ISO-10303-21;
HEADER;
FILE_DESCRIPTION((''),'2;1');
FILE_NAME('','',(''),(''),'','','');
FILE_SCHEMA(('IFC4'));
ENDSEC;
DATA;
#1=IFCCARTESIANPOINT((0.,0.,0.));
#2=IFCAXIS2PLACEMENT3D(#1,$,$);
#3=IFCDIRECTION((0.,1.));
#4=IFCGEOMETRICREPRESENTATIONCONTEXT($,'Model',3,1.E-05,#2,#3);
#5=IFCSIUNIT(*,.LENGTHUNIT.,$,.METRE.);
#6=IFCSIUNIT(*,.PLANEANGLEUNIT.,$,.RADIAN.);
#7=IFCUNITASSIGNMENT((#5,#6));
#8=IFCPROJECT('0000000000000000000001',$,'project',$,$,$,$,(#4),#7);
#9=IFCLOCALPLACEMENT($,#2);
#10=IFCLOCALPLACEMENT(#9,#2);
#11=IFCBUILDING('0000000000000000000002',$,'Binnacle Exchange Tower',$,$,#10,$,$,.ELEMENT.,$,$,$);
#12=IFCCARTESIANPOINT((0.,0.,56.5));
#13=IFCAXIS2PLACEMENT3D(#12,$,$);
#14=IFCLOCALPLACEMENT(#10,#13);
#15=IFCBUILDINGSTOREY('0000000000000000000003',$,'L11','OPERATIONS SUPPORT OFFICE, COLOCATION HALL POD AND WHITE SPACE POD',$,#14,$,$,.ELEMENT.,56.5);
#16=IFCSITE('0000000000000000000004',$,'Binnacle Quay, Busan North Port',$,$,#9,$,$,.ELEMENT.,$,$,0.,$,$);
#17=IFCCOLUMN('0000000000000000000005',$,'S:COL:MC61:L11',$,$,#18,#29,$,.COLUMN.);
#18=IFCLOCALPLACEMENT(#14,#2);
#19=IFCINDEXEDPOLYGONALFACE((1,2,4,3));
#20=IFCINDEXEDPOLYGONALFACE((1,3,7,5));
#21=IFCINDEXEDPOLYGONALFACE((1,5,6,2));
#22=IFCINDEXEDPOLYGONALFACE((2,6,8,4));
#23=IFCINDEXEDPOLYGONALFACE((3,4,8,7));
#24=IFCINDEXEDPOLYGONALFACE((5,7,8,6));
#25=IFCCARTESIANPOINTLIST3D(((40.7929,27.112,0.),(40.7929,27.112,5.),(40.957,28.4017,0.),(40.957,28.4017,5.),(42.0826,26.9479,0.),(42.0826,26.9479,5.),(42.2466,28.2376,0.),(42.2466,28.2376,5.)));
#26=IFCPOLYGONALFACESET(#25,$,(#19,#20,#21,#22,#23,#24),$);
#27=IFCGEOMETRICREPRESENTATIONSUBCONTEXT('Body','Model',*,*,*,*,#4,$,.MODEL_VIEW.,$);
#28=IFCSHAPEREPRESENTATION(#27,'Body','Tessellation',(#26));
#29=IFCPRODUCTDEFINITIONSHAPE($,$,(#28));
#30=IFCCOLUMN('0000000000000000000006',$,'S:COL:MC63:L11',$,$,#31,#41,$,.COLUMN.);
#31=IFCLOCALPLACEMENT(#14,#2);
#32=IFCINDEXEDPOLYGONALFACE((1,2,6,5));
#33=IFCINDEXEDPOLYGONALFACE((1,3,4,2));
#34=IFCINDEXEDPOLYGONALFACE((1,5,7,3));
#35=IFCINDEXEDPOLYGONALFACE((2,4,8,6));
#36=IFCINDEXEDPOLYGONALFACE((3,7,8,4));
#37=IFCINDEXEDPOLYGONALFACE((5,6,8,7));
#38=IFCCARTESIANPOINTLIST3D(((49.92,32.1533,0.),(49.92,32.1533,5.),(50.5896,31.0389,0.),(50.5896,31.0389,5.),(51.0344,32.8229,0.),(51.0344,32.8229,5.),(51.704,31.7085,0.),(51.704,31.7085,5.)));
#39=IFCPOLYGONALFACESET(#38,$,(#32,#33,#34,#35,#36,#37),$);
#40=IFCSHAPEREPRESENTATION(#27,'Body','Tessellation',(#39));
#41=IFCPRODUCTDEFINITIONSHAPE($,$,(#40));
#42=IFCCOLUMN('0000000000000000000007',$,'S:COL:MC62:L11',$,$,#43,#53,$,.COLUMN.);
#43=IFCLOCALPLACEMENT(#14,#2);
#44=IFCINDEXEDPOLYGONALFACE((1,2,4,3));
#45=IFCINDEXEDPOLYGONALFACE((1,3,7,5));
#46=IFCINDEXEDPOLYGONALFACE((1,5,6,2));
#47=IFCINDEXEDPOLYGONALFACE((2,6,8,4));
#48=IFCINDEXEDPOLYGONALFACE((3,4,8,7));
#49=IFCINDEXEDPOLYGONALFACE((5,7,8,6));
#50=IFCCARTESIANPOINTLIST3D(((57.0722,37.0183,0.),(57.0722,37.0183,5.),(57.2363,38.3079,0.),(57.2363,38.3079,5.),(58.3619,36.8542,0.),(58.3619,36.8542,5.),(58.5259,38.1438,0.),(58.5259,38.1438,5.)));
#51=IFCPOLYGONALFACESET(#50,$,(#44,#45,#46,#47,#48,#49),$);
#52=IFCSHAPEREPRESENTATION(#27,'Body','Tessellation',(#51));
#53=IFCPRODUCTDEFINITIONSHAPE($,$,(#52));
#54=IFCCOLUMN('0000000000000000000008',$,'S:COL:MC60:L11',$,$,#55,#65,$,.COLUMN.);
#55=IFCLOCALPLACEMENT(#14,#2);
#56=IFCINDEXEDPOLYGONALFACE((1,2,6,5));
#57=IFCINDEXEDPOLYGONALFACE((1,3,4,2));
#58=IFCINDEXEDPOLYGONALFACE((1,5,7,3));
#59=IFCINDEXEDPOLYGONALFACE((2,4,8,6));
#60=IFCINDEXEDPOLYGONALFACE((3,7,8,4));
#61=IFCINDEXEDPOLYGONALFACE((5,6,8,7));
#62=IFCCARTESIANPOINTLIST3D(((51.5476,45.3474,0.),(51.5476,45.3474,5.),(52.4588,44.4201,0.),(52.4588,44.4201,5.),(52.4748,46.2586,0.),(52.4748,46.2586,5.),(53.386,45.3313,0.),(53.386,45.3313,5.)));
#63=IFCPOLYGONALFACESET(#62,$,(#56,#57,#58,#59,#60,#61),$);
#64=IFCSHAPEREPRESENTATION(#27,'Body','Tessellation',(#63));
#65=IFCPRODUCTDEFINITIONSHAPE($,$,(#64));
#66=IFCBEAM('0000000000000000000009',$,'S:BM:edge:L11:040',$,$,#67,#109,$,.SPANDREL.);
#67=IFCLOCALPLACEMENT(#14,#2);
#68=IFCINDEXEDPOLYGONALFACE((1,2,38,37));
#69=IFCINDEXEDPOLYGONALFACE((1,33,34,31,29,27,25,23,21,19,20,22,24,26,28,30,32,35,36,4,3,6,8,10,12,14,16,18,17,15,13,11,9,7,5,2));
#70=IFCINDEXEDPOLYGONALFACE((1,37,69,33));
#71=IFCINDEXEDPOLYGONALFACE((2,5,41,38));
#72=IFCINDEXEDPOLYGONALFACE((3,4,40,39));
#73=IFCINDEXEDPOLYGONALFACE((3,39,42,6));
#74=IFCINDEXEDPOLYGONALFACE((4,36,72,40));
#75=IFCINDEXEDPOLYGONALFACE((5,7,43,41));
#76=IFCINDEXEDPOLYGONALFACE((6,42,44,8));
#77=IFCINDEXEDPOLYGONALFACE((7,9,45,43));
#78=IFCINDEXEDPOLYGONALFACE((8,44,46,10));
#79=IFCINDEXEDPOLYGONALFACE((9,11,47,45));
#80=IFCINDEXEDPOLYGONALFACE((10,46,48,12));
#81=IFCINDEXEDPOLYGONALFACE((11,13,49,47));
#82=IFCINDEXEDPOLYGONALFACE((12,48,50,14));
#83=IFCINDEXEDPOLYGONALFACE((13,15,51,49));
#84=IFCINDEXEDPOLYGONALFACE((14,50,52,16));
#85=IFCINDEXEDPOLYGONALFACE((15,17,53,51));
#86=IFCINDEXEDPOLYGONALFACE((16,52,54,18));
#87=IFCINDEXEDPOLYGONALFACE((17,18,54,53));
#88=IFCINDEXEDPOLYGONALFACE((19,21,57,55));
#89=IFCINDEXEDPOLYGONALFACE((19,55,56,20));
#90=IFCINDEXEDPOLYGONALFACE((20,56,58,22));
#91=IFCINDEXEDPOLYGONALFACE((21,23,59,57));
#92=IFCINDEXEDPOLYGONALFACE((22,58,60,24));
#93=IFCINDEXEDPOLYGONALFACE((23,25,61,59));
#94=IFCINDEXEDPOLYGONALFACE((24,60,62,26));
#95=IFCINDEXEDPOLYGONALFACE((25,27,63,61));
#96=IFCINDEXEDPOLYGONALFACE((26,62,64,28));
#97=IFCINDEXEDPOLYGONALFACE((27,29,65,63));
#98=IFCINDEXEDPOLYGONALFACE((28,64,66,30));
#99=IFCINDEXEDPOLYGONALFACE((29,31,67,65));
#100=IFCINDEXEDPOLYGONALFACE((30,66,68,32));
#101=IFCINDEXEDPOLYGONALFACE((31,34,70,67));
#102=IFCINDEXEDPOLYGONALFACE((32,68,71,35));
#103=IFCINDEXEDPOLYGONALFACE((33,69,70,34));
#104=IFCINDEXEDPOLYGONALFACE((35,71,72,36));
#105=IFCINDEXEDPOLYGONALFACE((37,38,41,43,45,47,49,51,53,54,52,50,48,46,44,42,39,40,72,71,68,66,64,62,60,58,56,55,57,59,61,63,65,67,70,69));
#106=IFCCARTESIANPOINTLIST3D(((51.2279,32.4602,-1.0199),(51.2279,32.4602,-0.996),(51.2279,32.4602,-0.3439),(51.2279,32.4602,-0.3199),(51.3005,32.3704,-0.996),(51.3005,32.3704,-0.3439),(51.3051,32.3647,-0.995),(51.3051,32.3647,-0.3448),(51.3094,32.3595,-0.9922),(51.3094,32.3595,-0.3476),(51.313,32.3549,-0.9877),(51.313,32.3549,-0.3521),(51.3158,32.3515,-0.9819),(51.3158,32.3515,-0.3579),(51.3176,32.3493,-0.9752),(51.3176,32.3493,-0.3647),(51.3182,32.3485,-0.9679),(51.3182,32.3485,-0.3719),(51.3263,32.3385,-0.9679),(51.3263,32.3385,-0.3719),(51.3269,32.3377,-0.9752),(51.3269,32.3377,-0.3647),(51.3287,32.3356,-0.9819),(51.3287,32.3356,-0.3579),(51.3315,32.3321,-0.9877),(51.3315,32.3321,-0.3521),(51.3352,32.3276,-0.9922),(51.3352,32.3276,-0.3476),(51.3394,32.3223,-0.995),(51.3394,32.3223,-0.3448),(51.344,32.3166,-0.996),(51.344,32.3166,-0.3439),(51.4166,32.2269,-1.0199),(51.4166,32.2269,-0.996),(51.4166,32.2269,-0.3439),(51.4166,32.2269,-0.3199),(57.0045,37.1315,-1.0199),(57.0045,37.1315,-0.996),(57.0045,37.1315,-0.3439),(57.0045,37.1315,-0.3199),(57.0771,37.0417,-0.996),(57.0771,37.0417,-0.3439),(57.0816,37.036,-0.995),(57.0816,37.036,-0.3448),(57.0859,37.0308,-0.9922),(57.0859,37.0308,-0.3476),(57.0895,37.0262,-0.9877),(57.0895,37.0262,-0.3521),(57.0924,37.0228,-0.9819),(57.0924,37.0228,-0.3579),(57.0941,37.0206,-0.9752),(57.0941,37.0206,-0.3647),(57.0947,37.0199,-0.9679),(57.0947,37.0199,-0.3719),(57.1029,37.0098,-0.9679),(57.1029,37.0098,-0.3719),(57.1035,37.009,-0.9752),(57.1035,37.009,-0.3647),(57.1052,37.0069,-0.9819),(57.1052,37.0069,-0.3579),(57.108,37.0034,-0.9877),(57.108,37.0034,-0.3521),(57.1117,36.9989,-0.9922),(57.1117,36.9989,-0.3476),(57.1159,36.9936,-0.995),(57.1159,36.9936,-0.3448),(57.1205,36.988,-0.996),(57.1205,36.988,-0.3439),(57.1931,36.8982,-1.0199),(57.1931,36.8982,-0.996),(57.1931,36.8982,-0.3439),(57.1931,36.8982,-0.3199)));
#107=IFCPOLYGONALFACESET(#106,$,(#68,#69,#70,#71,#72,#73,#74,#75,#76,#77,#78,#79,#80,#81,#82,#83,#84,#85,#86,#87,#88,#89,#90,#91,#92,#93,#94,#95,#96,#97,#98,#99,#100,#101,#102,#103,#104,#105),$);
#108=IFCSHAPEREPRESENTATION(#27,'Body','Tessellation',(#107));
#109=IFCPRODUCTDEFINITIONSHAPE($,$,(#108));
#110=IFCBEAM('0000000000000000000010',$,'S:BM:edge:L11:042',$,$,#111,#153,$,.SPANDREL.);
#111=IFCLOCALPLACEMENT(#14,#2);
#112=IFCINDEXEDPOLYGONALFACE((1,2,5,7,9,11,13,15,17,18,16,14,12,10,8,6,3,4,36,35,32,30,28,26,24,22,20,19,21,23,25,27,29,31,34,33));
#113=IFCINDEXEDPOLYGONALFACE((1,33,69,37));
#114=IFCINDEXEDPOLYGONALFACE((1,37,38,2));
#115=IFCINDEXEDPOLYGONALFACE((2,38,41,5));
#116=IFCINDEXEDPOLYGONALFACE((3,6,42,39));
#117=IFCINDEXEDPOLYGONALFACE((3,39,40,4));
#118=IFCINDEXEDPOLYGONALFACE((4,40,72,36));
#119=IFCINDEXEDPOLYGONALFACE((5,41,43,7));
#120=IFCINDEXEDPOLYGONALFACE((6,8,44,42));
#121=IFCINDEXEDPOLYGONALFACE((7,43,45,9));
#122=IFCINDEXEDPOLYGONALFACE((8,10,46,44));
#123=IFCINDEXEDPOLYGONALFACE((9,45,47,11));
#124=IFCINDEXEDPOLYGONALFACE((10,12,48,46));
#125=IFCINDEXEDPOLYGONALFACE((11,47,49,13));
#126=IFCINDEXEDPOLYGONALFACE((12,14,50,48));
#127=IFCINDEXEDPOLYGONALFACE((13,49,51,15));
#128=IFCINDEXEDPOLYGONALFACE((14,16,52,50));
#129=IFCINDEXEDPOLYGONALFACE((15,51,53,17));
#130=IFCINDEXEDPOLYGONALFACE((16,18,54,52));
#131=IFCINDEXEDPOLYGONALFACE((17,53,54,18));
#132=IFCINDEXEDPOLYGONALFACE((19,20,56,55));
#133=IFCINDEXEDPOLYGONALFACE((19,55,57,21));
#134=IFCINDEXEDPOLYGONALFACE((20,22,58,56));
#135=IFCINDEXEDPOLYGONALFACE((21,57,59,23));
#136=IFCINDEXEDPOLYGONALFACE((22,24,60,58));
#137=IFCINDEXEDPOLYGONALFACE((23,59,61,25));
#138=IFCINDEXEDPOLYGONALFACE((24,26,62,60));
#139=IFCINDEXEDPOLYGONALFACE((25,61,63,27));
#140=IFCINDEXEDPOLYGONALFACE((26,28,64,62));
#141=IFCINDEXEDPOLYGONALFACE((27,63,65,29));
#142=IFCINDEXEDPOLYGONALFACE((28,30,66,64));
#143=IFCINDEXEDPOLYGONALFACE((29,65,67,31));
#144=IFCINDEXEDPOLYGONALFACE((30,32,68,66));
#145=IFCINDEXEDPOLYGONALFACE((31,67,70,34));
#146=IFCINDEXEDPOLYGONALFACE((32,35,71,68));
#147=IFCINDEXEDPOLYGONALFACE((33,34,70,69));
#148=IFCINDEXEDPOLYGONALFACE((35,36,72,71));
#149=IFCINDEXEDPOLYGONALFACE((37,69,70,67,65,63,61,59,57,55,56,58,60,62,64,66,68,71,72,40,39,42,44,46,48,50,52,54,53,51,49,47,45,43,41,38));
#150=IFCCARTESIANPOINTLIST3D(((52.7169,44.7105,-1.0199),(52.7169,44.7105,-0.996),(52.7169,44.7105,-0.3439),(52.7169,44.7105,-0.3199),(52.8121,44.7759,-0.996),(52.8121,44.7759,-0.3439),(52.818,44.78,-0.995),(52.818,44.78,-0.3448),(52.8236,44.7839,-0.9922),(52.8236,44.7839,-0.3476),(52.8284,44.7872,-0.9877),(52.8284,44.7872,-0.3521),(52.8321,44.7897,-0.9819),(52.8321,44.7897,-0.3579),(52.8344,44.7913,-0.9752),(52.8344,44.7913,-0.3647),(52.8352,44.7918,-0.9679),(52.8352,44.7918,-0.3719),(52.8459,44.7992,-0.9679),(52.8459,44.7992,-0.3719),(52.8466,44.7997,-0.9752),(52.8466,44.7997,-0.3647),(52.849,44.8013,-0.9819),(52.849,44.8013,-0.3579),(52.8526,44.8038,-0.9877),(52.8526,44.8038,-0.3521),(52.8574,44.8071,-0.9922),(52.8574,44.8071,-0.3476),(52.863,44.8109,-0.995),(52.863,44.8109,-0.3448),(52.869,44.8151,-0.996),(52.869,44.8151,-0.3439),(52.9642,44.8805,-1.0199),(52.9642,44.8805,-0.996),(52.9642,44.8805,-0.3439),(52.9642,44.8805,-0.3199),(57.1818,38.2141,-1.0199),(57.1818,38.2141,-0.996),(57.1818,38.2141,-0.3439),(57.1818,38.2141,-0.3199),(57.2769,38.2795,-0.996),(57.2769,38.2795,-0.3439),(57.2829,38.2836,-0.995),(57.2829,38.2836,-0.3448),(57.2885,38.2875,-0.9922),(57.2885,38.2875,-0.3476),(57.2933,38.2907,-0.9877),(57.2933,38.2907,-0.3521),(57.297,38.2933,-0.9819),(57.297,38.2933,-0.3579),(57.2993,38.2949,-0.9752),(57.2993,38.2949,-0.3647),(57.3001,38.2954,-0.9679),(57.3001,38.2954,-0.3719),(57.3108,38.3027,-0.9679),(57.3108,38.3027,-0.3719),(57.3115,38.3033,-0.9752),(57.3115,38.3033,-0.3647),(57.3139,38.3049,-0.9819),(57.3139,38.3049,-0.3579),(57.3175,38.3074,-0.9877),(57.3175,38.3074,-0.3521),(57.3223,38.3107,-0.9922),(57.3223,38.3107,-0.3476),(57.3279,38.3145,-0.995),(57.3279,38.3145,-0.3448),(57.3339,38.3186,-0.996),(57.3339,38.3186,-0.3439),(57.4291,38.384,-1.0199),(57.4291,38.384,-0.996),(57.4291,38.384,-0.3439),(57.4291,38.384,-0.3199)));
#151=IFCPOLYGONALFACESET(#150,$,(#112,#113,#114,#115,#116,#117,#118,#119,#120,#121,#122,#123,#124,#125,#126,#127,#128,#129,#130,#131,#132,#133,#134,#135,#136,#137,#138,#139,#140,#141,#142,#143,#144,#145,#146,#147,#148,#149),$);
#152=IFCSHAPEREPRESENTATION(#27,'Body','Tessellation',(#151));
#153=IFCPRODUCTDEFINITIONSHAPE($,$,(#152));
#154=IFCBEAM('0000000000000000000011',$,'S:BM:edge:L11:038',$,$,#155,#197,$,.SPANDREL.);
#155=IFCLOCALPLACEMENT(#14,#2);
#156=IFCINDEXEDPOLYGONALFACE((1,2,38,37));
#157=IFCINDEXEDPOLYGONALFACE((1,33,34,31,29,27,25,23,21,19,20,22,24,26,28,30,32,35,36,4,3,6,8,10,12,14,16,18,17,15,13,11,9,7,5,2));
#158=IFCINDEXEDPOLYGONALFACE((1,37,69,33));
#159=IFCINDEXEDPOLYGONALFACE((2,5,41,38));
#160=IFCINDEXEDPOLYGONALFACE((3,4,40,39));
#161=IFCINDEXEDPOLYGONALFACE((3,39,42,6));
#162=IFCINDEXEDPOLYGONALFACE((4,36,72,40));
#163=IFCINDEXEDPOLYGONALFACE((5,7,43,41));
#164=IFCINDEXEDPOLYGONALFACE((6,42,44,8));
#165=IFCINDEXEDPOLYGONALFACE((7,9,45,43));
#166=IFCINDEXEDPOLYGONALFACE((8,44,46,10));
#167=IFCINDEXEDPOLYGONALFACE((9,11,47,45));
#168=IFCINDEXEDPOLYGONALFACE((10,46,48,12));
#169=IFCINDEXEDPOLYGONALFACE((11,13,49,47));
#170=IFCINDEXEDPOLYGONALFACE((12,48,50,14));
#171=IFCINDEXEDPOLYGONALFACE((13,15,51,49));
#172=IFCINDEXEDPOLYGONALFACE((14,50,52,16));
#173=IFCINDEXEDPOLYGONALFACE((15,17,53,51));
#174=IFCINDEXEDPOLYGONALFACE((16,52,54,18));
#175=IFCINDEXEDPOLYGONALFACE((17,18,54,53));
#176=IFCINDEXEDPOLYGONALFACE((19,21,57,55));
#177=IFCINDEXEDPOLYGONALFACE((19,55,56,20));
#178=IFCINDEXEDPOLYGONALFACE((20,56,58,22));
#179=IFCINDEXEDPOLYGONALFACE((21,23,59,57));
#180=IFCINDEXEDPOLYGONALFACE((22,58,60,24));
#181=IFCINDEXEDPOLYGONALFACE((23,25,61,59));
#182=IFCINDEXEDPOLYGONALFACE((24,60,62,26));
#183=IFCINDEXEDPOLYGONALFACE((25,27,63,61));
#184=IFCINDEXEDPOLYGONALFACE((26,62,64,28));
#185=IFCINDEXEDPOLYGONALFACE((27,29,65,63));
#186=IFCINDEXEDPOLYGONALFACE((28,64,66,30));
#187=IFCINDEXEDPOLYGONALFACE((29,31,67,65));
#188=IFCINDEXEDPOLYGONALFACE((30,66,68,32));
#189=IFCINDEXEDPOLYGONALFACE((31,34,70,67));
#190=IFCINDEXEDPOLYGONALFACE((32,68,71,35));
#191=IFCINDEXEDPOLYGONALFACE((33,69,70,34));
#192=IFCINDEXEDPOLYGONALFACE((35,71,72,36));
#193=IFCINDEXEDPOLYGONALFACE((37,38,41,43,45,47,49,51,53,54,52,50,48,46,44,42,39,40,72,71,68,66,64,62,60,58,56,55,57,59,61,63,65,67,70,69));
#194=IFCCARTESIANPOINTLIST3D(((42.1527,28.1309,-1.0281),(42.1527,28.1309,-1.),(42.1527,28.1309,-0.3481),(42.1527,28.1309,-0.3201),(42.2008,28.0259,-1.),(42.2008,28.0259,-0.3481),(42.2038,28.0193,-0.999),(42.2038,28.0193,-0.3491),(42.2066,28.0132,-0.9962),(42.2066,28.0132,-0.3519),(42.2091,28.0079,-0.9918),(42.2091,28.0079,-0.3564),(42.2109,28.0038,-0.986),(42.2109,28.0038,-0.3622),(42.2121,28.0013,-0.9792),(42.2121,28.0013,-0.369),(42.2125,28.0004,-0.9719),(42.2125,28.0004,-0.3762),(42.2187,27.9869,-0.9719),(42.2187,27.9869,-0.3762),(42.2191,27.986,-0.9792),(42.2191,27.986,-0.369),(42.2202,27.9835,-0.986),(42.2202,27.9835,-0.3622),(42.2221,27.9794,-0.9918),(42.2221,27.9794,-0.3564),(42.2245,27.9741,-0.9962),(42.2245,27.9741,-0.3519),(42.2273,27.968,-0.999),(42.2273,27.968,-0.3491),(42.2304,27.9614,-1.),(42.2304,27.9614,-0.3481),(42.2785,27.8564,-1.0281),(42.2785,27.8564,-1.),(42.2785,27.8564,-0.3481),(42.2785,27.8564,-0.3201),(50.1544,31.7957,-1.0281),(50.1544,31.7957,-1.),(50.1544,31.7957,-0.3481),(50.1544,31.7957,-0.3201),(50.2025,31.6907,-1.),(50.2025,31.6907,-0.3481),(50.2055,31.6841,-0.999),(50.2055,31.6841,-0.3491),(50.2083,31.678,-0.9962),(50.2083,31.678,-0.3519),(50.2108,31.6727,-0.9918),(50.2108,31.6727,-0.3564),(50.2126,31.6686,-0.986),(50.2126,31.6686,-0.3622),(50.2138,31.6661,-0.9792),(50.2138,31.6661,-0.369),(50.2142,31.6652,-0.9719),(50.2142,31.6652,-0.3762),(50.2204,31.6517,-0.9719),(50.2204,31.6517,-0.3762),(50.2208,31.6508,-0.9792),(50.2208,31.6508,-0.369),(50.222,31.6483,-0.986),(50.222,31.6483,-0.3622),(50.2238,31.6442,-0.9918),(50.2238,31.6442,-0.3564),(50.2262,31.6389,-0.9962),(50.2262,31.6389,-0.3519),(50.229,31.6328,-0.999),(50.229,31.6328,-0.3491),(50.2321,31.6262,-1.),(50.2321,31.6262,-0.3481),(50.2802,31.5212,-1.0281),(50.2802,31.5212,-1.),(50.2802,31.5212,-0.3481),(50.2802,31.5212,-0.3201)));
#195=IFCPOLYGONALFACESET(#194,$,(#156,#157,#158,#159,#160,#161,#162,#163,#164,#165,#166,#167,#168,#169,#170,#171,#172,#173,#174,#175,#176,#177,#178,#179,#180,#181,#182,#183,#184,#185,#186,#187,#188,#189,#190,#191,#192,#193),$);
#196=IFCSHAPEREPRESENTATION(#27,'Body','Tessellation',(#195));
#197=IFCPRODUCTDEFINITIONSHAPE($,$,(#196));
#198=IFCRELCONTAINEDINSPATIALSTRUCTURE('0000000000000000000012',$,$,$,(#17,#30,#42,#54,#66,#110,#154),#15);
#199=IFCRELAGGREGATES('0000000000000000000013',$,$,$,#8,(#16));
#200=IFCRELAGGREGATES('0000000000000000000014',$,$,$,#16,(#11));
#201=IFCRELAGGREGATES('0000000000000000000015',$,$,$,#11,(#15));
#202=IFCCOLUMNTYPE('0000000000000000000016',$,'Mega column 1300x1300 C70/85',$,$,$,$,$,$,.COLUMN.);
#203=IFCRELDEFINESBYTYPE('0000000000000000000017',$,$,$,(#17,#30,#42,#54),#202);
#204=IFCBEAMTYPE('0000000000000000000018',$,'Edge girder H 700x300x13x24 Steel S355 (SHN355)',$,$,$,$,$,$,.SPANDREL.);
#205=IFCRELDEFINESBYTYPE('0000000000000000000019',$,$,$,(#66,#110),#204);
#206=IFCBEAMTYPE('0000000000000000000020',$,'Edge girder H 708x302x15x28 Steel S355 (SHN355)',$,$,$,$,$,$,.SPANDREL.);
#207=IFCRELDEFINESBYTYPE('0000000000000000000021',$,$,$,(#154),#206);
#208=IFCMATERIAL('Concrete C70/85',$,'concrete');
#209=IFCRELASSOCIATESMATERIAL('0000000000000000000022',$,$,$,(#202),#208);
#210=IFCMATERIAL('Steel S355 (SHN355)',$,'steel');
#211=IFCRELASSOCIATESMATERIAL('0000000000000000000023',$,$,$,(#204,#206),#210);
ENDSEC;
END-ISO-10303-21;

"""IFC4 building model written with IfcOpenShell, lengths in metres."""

from ifc_helpers import new_model, si_unit, direction, frame, origin, origin_2d, place, context, subcontext, project, spatial, rectangle, i_section, extrude, material, material_profile, profile_set, type_object, element, save


model = new_model("IFC4")

# Units and contexts
model_context = context("Model", 3, precision=1e-05, world=origin(), true_north=direction((0.0, 1.0)))
body_context = subcontext(model_context, "Body", "Model", "MODEL_VIEW")
ifc_project = project(units=[si_unit("LENGTHUNIT", "METRE"), si_unit("PLANEANGLEUNIT", "RADIAN")], contexts=[model_context])

# Site, building, storey
site_placement = place(None, origin())
site = spatial("IfcSite", under=ifc_project, at=site_placement, Name="Binnacle Quay, Busan North Port", CompositionType="ELEMENT", RefElevation=0.0)
building_placement = place(site_placement, origin())
building = spatial("IfcBuilding", under=site, at=building_placement, Name="Binnacle Exchange Tower", CompositionType="ELEMENT")
storey_placement = place(building_placement, frame((0.0, 0.0, 56.5)))
storey = spatial("IfcBuildingStorey", under=building, at=storey_placement, Name="L11", Description="OPERATIONS SUPPORT OFFICE, COLOCATION HALL POD AND WHITE SPACE POD", CompositionType="ELEMENT", Elevation=56.5)

# Columns
ifc_material_1 = material(Name="Concrete C70/85", Category="concrete")
ifc_material_profile_1 = material_profile(ifc_material_1, rectangle(XDim=1.3, YDim=1.3, at=origin_2d()), Name="Mega column 1300x1300 C70/85")
ifc_profile_set_1 = profile_set([ifc_material_profile_1], Name="Concrete C70/85")
column_type = type_object("IfcColumnType", Name="Mega column 1300x1300 C70/85", PredefinedType="COLUMN", material=ifc_profile_set_1)
for number, where, z_axis, x_axis, name in (
    (1, (41.5198, 27.6748, 0.0), (0.0, 0.0, 1.0), (0.992005, -0.126199, 0.0), "S:COL:MC61:L11"),
    (2, (50.812, 31.9309, 0.0), (0.0, 0.0, 1.0), (0.857167, 0.515038, 0.0), "S:COL:MC63:L11"),
    (3, (57.7991, 37.5811, 0.0), (0.0, 0.0, 1.0), (0.126199, 0.992005, 0.0), "S:COL:MC62:L11"),
    (4, (52.4668, 45.3394, 0.0), (0.0, 0.0, 1.0), (-0.700909, 0.71325, 0.0), "S:COL:MC60:L11"),
):
    element("IfcColumn", number, at=place(storey_placement, frame(where, z_axis=z_axis, x_axis=x_axis)), inside=storey, type_object=column_type, Name=name, PredefinedType="COLUMN", context=body_context, shape_type="SweptSolid", body=[
        extrude(rectangle(XDim=1.3, YDim=1.3, at=origin_2d()), origin(), (0.0, 0.0, 1.0), 5.0),
    ])

# Beams
ifc_material_2 = material(Name="Steel S355 (SHN355)", Category="steel")
ifc_material_profile_2 = material_profile(ifc_material_2, i_section(OverallWidth=0.3, OverallDepth=0.7, WebThickness=0.0129, FlangeThickness=0.0239, FilletRadius=0.0281, at=origin_2d()), Name="H 700x300x13x24")
ifc_profile_set_2 = profile_set([ifc_material_profile_2], Name="Steel S355 (SHN355)")
beam_type_1 = type_object("IfcBeamType", Name="Edge girder H 700x300x13x24 Steel S355 (SHN355)", PredefinedType="SPANDREL", material=ifc_profile_set_2)
beam_1_placement = place(storey_placement, frame((51.3223, 32.3435, -0.6699), z_axis=(0.777568, 0.628798, 0.0), x_axis=(-0.628798, 0.777568, 0.0)))
element("IfcBeam", 5, at=beam_1_placement, inside=storey, type_object=beam_type_1, Name="S:BM:edge:L11:040", PredefinedType="SPANDREL", context=body_context, shape_type="SweptSolid", body=[
    extrude(i_section(OverallWidth=0.3, OverallDepth=0.7, WebThickness=0.0129, FlangeThickness=0.0239, FilletRadius=0.0281, at=origin_2d()), origin(), (0.0, 0.0, 1.0), 7.429),
])
beam_2_placement = place(storey_placement, frame((57.3054, 38.2991, -0.6699), z_axis=(-0.566409, 0.824124, 0.0), x_axis=(-0.824124, -0.566409, 0.0)))
element("IfcBeam", 6, at=beam_2_placement, inside=storey, type_object=beam_type_1, Name="S:BM:edge:L11:042", PredefinedType="SPANDREL", context=body_context, shape_type="SweptSolid", body=[
    extrude(i_section(OverallWidth=0.3, OverallDepth=0.7, WebThickness=0.0129, FlangeThickness=0.0239, FilletRadius=0.0281, at=origin_2d()), origin(), (0.0, 0.0, 1.0), 7.8828),
])
ifc_material_profile_3 = material_profile(ifc_material_2, i_section(OverallWidth=0.302, OverallDepth=0.708, WebThickness=0.0149, FlangeThickness=0.0281, FilletRadius=0.0281, at=origin_2d()), Name="H 708x302x15x28")
ifc_profile_set_3 = profile_set([ifc_material_profile_3], Name="Steel S355 (SHN355)")
beam_type_2 = type_object("IfcBeamType", Name="Edge girder H 708x302x15x28 Steel S355 (SHN355)", PredefinedType="SPANDREL", material=ifc_profile_set_3)
beam_3_placement = place(storey_placement, frame((42.2156, 27.9937, -0.6741), z_axis=(0.909179, 0.416405, 0.0), x_axis=(-0.416405, 0.909179, 0.0)))
element("IfcBeam", 7, at=beam_3_placement, inside=storey, type_object=beam_type_2, Name="S:BM:edge:L11:038", PredefinedType="SPANDREL", context=body_context, shape_type="SweptSolid", body=[
    extrude(i_section(OverallWidth=0.302, OverallDepth=0.708, WebThickness=0.0149, FlangeThickness=0.0281, FilletRadius=0.0281, at=origin_2d()), origin(), (0.0, 0.0, 1.0), 8.801),
])

save(model, "model.ifc")
